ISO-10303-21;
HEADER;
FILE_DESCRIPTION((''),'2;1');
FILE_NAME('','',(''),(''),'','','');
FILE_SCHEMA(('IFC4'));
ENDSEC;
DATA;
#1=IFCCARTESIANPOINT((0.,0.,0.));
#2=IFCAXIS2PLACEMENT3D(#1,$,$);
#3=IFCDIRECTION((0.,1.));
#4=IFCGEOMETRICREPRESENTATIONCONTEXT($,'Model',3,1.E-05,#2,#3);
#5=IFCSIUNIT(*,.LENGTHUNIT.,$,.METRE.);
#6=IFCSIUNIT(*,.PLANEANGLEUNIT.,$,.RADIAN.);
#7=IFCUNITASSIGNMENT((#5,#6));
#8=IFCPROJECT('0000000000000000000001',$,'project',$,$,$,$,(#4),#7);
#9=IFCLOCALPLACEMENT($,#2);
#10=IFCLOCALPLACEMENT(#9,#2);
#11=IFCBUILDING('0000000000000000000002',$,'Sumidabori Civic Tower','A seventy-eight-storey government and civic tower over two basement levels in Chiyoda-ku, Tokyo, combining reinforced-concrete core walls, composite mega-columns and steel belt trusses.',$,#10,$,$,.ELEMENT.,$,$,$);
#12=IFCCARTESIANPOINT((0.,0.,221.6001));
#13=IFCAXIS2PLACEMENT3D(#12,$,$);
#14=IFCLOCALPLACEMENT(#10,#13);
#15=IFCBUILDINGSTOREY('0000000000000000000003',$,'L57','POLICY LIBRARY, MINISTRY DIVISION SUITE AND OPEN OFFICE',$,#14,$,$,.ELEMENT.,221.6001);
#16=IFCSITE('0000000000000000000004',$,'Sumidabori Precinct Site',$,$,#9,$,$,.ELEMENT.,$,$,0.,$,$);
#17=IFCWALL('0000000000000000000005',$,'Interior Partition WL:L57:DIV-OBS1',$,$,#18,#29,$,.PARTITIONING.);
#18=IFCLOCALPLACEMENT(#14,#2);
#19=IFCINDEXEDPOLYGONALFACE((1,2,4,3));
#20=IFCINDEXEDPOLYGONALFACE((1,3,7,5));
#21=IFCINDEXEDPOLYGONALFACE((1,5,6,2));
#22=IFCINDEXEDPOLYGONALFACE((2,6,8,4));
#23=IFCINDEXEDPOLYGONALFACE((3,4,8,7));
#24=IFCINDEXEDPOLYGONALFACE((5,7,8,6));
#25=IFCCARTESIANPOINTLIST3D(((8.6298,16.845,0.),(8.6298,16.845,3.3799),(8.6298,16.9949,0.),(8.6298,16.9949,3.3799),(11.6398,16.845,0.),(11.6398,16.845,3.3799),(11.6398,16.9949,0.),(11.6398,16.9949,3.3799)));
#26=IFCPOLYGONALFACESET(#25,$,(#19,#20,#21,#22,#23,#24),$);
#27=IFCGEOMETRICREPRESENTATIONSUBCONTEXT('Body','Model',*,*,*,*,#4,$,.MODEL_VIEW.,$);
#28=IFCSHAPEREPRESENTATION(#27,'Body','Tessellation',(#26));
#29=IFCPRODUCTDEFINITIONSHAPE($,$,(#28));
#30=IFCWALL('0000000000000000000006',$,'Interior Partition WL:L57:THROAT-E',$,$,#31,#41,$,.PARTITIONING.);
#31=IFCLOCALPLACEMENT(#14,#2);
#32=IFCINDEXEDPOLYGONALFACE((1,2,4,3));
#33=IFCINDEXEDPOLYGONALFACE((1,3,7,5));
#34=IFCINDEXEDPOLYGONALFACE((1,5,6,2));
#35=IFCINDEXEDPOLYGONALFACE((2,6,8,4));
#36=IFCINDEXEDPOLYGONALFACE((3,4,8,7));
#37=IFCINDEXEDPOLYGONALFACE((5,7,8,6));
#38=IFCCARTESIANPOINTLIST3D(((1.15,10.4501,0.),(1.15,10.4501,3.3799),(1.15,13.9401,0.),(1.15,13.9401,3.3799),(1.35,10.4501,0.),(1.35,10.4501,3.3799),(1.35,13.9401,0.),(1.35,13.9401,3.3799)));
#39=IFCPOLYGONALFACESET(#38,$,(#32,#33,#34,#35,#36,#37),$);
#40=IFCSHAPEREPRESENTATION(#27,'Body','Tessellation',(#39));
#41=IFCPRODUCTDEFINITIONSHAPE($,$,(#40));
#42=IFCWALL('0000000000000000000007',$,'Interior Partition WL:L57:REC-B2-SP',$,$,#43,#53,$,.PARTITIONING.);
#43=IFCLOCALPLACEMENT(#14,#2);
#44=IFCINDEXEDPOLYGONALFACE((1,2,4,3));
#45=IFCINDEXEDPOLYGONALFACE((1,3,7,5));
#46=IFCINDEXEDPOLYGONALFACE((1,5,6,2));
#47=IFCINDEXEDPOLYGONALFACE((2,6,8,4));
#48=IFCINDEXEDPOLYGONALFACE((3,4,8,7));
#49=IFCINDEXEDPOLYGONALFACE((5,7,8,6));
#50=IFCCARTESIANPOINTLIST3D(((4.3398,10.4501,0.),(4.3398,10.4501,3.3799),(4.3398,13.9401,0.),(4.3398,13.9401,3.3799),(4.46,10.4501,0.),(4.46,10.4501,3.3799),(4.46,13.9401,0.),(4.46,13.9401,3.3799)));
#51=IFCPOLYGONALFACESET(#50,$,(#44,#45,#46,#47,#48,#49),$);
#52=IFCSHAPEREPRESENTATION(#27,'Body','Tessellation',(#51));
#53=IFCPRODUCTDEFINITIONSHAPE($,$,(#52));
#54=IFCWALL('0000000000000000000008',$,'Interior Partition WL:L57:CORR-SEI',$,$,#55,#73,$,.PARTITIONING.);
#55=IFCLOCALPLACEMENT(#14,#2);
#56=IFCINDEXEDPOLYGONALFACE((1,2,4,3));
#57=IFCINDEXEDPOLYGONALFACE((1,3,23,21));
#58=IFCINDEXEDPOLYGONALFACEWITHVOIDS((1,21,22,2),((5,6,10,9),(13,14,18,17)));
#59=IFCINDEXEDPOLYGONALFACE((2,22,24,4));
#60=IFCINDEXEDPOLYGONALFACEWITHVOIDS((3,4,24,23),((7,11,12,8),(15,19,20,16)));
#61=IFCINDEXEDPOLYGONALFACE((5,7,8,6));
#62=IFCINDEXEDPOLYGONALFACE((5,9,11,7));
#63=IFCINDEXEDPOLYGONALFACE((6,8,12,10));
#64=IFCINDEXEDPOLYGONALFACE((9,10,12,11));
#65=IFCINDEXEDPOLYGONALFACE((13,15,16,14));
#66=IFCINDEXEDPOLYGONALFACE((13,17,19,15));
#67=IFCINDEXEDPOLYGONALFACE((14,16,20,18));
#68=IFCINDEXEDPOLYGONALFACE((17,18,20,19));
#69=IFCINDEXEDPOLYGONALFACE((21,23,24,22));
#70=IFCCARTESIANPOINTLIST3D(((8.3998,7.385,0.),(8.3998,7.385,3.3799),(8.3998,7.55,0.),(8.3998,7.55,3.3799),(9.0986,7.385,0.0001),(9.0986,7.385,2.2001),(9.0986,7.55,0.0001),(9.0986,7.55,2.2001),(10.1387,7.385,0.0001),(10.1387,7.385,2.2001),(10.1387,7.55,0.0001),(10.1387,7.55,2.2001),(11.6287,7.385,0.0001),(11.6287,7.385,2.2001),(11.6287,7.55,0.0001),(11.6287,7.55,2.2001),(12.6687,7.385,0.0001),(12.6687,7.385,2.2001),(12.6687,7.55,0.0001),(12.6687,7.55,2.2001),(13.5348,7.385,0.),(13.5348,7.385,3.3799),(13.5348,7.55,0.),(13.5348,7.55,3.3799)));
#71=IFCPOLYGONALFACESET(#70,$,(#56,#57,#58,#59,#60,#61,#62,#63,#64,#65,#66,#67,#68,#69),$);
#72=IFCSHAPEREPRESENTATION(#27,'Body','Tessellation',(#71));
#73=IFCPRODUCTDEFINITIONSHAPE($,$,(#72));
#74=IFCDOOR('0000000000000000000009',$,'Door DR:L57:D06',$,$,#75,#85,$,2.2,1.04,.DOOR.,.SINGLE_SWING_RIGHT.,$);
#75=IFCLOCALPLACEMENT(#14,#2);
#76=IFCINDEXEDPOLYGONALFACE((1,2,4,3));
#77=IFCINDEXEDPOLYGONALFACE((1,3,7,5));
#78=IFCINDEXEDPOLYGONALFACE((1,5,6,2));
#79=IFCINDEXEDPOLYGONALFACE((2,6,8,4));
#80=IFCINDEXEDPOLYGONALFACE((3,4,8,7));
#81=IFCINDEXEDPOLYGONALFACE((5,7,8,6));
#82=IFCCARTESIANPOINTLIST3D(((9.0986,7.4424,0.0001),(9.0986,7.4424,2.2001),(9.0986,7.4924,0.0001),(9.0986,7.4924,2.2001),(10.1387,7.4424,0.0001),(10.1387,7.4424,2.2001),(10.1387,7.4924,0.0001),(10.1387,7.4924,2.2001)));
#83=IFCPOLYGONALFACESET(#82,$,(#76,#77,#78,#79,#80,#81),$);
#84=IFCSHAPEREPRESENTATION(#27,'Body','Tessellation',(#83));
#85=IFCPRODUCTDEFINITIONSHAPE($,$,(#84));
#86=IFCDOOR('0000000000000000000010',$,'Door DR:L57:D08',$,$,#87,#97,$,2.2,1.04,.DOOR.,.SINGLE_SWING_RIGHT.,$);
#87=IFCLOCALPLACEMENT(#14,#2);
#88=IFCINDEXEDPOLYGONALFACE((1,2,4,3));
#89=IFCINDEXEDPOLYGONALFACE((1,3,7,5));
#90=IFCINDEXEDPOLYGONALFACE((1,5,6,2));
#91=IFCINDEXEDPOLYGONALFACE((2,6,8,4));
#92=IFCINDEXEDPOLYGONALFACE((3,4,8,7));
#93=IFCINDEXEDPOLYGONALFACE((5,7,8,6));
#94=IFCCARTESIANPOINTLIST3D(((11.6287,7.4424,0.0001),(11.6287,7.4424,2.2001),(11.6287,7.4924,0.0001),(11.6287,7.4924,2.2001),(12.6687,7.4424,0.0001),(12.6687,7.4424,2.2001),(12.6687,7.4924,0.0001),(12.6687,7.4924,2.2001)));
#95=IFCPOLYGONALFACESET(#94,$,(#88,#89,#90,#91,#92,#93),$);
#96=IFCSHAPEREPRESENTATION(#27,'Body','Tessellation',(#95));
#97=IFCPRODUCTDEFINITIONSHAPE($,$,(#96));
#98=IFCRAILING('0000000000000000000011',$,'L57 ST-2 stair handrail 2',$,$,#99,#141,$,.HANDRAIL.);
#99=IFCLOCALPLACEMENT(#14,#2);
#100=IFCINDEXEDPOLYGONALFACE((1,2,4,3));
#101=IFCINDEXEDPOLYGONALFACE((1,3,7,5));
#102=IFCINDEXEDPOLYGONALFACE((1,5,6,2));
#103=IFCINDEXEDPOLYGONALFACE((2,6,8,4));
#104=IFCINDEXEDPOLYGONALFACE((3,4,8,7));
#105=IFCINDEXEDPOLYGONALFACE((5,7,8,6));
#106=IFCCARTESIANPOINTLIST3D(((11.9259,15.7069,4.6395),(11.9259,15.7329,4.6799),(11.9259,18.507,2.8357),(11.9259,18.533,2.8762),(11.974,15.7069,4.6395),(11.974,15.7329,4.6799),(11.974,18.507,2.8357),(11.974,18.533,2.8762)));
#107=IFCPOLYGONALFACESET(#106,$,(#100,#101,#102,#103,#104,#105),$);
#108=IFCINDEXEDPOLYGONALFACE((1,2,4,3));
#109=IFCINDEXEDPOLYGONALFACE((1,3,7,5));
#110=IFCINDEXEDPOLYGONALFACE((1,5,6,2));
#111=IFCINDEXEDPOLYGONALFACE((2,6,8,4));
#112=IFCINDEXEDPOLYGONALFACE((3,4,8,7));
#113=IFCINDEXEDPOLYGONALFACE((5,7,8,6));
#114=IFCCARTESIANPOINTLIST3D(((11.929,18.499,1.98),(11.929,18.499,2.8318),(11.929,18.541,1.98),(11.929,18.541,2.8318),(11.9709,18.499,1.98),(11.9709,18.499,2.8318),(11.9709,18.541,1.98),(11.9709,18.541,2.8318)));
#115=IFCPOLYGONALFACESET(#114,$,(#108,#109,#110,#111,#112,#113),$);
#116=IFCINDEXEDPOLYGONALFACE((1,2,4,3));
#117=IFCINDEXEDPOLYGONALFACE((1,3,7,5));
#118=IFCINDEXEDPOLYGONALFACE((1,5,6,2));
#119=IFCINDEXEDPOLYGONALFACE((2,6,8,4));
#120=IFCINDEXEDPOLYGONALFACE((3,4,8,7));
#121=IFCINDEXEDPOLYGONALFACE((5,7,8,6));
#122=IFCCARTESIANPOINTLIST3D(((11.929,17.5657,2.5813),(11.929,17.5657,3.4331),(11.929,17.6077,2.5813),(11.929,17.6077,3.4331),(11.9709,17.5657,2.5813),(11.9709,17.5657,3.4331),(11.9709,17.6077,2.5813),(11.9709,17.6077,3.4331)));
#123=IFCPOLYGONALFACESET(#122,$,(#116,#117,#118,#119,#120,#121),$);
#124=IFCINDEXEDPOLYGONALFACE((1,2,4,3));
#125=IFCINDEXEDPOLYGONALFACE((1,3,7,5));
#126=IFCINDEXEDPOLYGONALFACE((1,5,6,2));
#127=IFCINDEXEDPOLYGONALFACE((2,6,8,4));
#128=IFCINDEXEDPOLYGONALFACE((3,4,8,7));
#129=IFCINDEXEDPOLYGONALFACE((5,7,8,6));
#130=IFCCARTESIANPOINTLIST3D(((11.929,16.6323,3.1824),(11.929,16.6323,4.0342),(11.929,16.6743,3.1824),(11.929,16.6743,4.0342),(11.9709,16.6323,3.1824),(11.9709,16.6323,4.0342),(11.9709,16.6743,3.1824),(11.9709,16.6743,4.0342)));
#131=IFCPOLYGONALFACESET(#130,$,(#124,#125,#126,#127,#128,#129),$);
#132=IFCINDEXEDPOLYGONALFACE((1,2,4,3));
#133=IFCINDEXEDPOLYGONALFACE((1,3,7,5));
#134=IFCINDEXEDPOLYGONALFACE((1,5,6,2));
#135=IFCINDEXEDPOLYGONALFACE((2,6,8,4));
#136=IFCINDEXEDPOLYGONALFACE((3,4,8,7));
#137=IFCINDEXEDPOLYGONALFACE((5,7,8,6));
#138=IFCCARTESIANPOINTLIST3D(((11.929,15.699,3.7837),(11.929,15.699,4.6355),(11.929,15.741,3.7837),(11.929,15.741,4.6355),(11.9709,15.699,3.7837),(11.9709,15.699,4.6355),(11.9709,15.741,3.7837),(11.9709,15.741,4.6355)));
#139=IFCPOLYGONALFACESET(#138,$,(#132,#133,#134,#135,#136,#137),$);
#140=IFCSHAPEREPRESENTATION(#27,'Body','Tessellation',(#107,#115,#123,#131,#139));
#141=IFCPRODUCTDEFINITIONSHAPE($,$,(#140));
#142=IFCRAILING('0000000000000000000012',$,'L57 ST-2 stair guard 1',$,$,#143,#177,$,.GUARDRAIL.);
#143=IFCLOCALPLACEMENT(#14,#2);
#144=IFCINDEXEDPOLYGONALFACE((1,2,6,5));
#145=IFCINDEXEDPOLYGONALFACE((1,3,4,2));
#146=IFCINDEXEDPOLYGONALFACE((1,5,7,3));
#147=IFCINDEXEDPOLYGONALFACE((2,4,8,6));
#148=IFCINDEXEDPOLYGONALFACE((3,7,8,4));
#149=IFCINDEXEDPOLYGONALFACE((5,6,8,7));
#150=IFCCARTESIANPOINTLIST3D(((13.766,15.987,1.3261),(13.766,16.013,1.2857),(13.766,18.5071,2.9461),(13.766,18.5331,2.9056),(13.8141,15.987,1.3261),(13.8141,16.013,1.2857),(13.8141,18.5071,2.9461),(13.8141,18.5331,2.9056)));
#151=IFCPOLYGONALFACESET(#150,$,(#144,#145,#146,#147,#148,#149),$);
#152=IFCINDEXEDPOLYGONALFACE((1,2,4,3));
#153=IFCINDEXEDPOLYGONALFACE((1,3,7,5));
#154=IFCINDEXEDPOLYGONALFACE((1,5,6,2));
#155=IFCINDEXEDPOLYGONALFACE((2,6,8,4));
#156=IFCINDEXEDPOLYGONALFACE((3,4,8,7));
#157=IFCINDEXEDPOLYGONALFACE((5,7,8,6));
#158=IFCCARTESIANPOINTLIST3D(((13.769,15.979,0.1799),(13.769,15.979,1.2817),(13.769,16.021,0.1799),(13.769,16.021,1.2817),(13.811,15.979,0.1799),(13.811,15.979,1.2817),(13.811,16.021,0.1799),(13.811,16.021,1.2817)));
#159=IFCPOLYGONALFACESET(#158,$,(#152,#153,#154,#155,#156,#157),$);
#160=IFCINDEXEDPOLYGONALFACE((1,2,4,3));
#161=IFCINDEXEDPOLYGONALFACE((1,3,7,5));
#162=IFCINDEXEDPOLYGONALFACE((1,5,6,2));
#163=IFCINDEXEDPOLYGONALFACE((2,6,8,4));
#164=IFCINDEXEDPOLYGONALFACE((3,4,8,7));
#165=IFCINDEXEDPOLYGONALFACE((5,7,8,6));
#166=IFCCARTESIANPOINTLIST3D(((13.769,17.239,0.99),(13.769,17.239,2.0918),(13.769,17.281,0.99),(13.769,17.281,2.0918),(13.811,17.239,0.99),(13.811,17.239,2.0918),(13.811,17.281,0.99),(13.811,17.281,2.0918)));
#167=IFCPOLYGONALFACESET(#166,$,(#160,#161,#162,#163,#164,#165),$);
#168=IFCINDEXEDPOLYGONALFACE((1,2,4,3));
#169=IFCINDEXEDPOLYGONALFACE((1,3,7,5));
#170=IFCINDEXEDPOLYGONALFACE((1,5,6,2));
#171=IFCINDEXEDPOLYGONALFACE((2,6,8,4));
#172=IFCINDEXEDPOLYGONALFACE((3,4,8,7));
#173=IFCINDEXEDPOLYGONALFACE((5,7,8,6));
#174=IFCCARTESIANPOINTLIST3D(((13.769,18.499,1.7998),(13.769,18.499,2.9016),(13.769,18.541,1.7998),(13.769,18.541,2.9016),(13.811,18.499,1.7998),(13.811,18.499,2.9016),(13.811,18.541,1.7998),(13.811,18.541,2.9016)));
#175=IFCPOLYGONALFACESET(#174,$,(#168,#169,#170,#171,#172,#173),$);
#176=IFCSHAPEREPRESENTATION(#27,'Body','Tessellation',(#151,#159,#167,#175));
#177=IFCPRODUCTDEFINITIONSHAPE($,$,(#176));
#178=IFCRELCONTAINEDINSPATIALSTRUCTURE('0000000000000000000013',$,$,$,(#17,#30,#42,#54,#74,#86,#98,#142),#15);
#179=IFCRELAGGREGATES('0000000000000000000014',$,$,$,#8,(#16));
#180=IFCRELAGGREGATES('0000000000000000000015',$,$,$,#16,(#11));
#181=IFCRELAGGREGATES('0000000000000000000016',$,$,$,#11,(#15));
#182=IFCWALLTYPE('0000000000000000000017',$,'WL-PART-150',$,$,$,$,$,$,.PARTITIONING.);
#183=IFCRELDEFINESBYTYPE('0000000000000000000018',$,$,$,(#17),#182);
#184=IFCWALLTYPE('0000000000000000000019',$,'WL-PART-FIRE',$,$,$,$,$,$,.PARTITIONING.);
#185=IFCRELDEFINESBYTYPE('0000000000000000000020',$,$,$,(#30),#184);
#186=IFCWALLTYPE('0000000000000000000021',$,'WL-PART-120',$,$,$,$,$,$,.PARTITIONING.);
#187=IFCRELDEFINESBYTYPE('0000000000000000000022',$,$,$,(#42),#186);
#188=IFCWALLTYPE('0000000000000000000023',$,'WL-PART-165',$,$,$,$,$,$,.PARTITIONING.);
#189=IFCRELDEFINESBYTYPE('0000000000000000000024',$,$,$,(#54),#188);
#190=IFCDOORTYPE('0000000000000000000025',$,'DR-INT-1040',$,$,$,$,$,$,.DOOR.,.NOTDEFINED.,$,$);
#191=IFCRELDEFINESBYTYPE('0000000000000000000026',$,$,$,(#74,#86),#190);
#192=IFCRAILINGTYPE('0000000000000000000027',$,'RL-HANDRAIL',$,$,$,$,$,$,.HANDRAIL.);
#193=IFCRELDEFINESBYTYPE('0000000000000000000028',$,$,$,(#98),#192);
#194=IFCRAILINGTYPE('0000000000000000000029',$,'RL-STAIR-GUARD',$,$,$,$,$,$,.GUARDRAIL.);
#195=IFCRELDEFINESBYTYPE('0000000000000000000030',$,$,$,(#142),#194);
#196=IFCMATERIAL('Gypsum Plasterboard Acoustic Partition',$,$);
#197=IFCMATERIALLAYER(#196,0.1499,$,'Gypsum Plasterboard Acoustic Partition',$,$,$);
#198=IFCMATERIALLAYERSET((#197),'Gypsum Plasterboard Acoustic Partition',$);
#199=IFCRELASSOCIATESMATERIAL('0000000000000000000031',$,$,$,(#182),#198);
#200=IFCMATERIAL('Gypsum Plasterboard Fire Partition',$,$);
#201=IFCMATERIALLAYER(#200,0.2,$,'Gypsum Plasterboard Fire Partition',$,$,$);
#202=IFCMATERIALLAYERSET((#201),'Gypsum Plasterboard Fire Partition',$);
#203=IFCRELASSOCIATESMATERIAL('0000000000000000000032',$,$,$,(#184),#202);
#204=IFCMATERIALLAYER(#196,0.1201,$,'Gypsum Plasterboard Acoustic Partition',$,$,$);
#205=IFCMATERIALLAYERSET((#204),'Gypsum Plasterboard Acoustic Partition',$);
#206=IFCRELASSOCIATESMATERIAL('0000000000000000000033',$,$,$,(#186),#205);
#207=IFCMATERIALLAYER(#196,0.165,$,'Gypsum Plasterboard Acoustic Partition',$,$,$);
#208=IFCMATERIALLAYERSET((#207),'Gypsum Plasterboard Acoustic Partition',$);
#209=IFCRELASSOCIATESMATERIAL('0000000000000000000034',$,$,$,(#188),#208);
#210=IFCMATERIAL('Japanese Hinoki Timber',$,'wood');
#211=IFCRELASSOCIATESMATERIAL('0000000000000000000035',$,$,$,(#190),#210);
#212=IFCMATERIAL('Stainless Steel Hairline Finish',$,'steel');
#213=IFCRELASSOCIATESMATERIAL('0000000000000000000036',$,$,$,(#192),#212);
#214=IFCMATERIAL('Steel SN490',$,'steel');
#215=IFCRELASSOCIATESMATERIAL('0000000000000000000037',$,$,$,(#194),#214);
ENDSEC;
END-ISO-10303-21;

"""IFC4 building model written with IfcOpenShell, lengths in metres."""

from ifc_helpers import new_model, si_unit, direction, frame, frame_2d, origin, origin_2d, place, context, subcontext, project, spatial, rectangle, extrude, source, transform, mapped, material, layer, layer_set, type_object, element, fill, save


model = new_model("IFC4")

# Units and contexts
model_context = context("Model", 3, precision=1e-05, world=origin(), true_north=direction((0.0, 1.0)))
body_context = subcontext(model_context, "Body", "Model", "MODEL_VIEW")
ifc_project = project(units=[si_unit("LENGTHUNIT", "METRE"), si_unit("PLANEANGLEUNIT", "RADIAN")], contexts=[model_context])

# Site, building, storey
site_placement = place(None, origin())
site = spatial("IfcSite", under=ifc_project, at=site_placement, Name="Sumidabori Precinct Site", CompositionType="ELEMENT", RefElevation=0.0)
building_placement = place(site_placement, origin())
building = spatial("IfcBuilding", under=site, at=building_placement, Name="Sumidabori Civic Tower", Description="A seventy-eight-storey government and civic tower over two basement levels in Chiyoda-ku, Tokyo, combining reinforced-concrete core walls, composite mega-columns and steel belt trusses.", CompositionType="ELEMENT")
storey_placement = place(building_placement, frame((0.0, 0.0, 221.6001)))
storey = spatial("IfcBuildingStorey", under=building, at=storey_placement, Name="L57", Description="POLICY LIBRARY, MINISTRY DIVISION SUITE AND OPEN OFFICE", CompositionType="ELEMENT", Elevation=221.6001)

# Shared definitions
ifc_material_1 = material(Name="Japanese Hinoki Timber", Category="wood")
ifc_material_2 = material(Name="Steel SN490", Category="steel")

# Shared definitions
ifc_material_3 = material(Name="Stainless Steel Hairline Finish", Category="steel")

# Wall
ifc_material_4 = material(Name="Gypsum Plasterboard Acoustic Partition")
ifc_layer_1 = layer(ifc_material_4, 0.1499, Name="Gypsum Plasterboard Acoustic Partition")
ifc_layer_set_1 = layer_set([ifc_layer_1], Name="Gypsum Plasterboard Acoustic Partition")
wall_type_1 = type_object("IfcWallType", Name="WL-PART-150", PredefinedType="PARTITIONING", material=ifc_layer_set_1)
shared_shape_1 = source(origin(), body_context, "Body", "SweptSolid", [
    extrude(rectangle(XDim=3.01, YDim=0.1499, at=frame_2d((1.5049, 0.0))), origin(), (0.0, 0.0, 1.0), 3.3799),
])
wall_1_placement = place(storey_placement, frame((8.6299, 16.9199, 0.0), z_axis=(0.0, 0.0, 1.0), x_axis=(1.0, 0.0, 0.0)))
element("IfcWall", 1, at=wall_1_placement, inside=storey, type_object=wall_type_1, Name="Interior Partition WL:L57:DIV-OBS1", PredefinedType="PARTITIONING", context=body_context, shape_type="MappedRepresentation", body=[
    mapped(shared_shape_1, transform((0.0, 0.0, 0.0), x_axis=(1.0, 0.0, 0.0), y_axis=(0.0, 1.0, 0.0), z_axis=(0.0, 0.0, 1.0), scale=1.0)),
])

# Shared definitions
ifc_material_5 = material(Name="Gypsum Plasterboard Fire Partition")
ifc_layer_2 = layer(ifc_material_5, 0.2, Name="Gypsum Plasterboard Fire Partition")
ifc_layer_set_2 = layer_set([ifc_layer_2], Name="Gypsum Plasterboard Fire Partition")
wall_type_2 = type_object("IfcWallType", Name="WL-PART-FIRE", PredefinedType="PARTITIONING", material=ifc_layer_set_2)

# Walls
shared_shape_2 = source(origin(), body_context, "Body", "SweptSolid", [
    extrude(rectangle(XDim=3.49, YDim=0.2, at=frame_2d((1.7451, 0.0))), origin(), (0.0, 0.0, 1.0), 3.3799),
])
wall_2_placement = place(storey_placement, frame((1.25, 10.45, 0.0), z_axis=(0.0, 0.0, 1.0), x_axis=(0.0, 1.0, 0.0)))
element("IfcWall", 2, at=wall_2_placement, inside=storey, type_object=wall_type_2, Name="Interior Partition WL:L57:THROAT-E", PredefinedType="PARTITIONING", context=body_context, shape_type="MappedRepresentation", body=[
    mapped(shared_shape_2, transform((0.0, 0.0, 0.0), x_axis=(1.0, 0.0, 0.0), y_axis=(0.0, 1.0, 0.0), z_axis=(0.0, 0.0, 1.0), scale=1.0)),
])
ifc_layer_3 = layer(ifc_material_4, 0.1201, Name="Gypsum Plasterboard Acoustic Partition")
ifc_layer_set_3 = layer_set([ifc_layer_3], Name="Gypsum Plasterboard Acoustic Partition")
wall_type_3 = type_object("IfcWallType", Name="WL-PART-120", PredefinedType="PARTITIONING", material=ifc_layer_set_3)
shared_shape_3 = source(origin(), body_context, "Body", "SweptSolid", [
    extrude(rectangle(XDim=3.49, YDim=0.1201, at=frame_2d((1.7451, 0.0))), origin(), (0.0, 0.0, 1.0), 3.3799),
])
wall_3_placement = place(storey_placement, frame((4.3999, 10.45, 0.0), z_axis=(0.0, 0.0, 1.0), x_axis=(0.0, 1.0, 0.0)))
element("IfcWall", 3, at=wall_3_placement, inside=storey, type_object=wall_type_3, Name="Interior Partition WL:L57:REC-B2-SP", PredefinedType="PARTITIONING", context=body_context, shape_type="MappedRepresentation", body=[
    mapped(shared_shape_3, transform((0.0, 0.0, 0.0), x_axis=(1.0, 0.0, 0.0), y_axis=(0.0, 1.0, 0.0), z_axis=(0.0, 0.0, 1.0), scale=1.0)),
])

# Wall, openings, doors
ifc_layer_4 = layer(ifc_material_4, 0.165, Name="Gypsum Plasterboard Acoustic Partition")
ifc_layer_set_4 = layer_set([ifc_layer_4], Name="Gypsum Plasterboard Acoustic Partition")
wall_type_4 = type_object("IfcWallType", Name="WL-PART-165", PredefinedType="PARTITIONING", material=ifc_layer_set_4)
shared_shape_4 = source(origin(), body_context, "Body", "SweptSolid", [
    extrude(rectangle(XDim=5.135, YDim=0.165, at=frame_2d((2.5674, 0.0))), origin(), (0.0, 0.0, 1.0), 3.3799),
])
wall_4_placement = place(storey_placement, frame((8.3999, 7.4675, 0.0), z_axis=(0.0, 0.0, 1.0), x_axis=(1.0, 0.0, 0.0)))
wall_4 = element("IfcWall", 4, at=wall_4_placement, inside=storey, type_object=wall_type_4, Name="Interior Partition WL:L57:CORR-SEI", PredefinedType="PARTITIONING", context=body_context, shape_type="MappedRepresentation", body=[
    mapped(shared_shape_4, transform((0.0, 0.0, 0.0), x_axis=(1.0, 0.0, 0.0), y_axis=(0.0, 1.0, 0.0), z_axis=(0.0, 0.0, 1.0), scale=1.0)),
])
opening_1_placement = place(wall_4_placement, frame((0.6987, 0.0, 0.0)))
opening_1 = element("IfcOpeningElement", 5, at=opening_1_placement, cuts=wall_4, PredefinedType="OPENING", context=body_context, shape_type="SweptSolid", body=[
    extrude(rectangle(XDim=1.04, YDim=2.2, at=frame_2d((0.52, 1.1001))), frame((0.0, 0.0945, 0.0), z_axis=(0.0, -1.0, 0.0), x_axis=(1.0, 0.0, 0.0)), (0.0, 0.0, 1.0), 0.189),
])
opening_2_placement = place(wall_4_placement, frame((3.2288, 0.0, 0.0)))
opening_2 = element("IfcOpeningElement", 6, at=opening_2_placement, cuts=wall_4, PredefinedType="OPENING", context=body_context, shape_type="SweptSolid", body=[
    extrude(rectangle(XDim=1.04, YDim=2.2, at=frame_2d((0.52, 1.1001))), frame((0.0, 0.0945, 0.0), z_axis=(0.0, -1.0, 0.0), x_axis=(1.0, 0.0, 0.0)), (0.0, 0.0, 1.0), 0.189),
])
door_type_1 = type_object("IfcDoorType", Name="DR-INT-1040", OperationType="NOTDEFINED", PredefinedType="DOOR", material=ifc_material_1)
shared_shape_5 = source(origin(), body_context, "Body", "SweptSolid", [
    extrude(rectangle(XDim=1.04, YDim=2.2, at=frame_2d((0.52, 1.1001))), frame((0.0, 0.0249, 0.0), z_axis=(0.0, -1.0, 0.0), x_axis=(1.0, 0.0, 0.0)), (0.0, 0.0, 1.0), 0.05),
])
door_1_placement = place(opening_1_placement, origin())
door_1 = element("IfcDoor", 7, at=door_1_placement, inside=storey, type_object=door_type_1, Name="Door DR:L57:D06", OperationType="SINGLE_SWING_RIGHT", OverallHeight=2.2, OverallWidth=1.04, PredefinedType="DOOR", context=body_context, shape_type="MappedRepresentation", body=[
    mapped(shared_shape_5, transform((0.0, 0.0, 0.0), x_axis=(1.0, 0.0, 0.0), y_axis=(0.0, 1.0, 0.0), z_axis=(0.0, 0.0, 1.0), scale=1.0)),
])
fill(opening_1, door_1)
door_2_placement = place(opening_2_placement, origin())
door_2 = element("IfcDoor", 8, at=door_2_placement, inside=storey, type_object=door_type_1, Name="Door DR:L57:D08", OperationType="SINGLE_SWING_RIGHT", OverallHeight=2.2, OverallWidth=1.04, PredefinedType="DOOR", context=body_context, shape_type="MappedRepresentation", body=[
    mapped(shared_shape_5, transform((0.0, 0.0, 0.0), x_axis=(1.0, 0.0, 0.0), y_axis=(0.0, 1.0, 0.0), z_axis=(0.0, 0.0, 1.0), scale=1.0)),
])
fill(opening_2, door_2)

# Railings
railing_type_1 = type_object("IfcRailingType", Name="RL-HANDRAIL", PredefinedType="HANDRAIL", material=ifc_material_3)
railing_1_placement = place(storey_placement, frame((11.95, 18.52, 1.98)))
element("IfcRailing", 9, at=railing_1_placement, inside=storey, type_object=railing_type_1, Name="L57 ST-2 stair handrail 2", PredefinedType="HANDRAIL", context=body_context, shape_type="SweptSolid", body=[
    extrude(rectangle(XDim=0.0481, YDim=0.0481, at=origin_2d()), frame((0.0, 0.0, 0.876), z_axis=(0.0, -0.840676, 0.541539), x_axis=(1.0, 0.0, 0.0)), (0.0, 0.0, 1.0), 3.3308),
    extrude(rectangle(XDim=0.042, YDim=0.042, at=origin_2d()), origin(), (0.0, 0.0, 1.0), 0.8518),
    extrude(rectangle(XDim=0.042, YDim=0.042, at=origin_2d()), frame((0.0, -0.9333, 0.6013)), (0.0, 0.0, 1.0), 0.8518),
    extrude(rectangle(XDim=0.042, YDim=0.042, at=origin_2d()), frame((0.0, -1.8667, 1.2024)), (0.0, 0.0, 1.0), 0.8518),
    extrude(rectangle(XDim=0.042, YDim=0.042, at=origin_2d()), frame((0.0, -2.8, 1.8037)), (0.0, 0.0, 1.0), 0.8518),
])
railing_type_2 = type_object("IfcRailingType", Name="RL-STAIR-GUARD", PredefinedType="GUARDRAIL", material=ifc_material_2)
railing_2_placement = place(storey_placement, frame((13.79, 16.0, 0.1799)))
element("IfcRailing", 10, at=railing_2_placement, inside=storey, type_object=railing_type_2, Name="L57 ST-2 stair guard 1", PredefinedType="GUARDRAIL", context=body_context, shape_type="SweptSolid", body=[
    extrude(rectangle(XDim=0.0481, YDim=0.0481, at=origin_2d()), frame((0.0, 0.0, 1.126), z_axis=(0.0, 0.8412, 0.540725), x_axis=(-1.0, 0.0, 0.0)), (0.0, 0.0, 1.0), 2.9958),
    extrude(rectangle(XDim=0.042, YDim=0.042, at=origin_2d()), origin(), (0.0, 0.0, 1.0), 1.1018),
    extrude(rectangle(XDim=0.042, YDim=0.042, at=origin_2d()), frame((0.0, 1.26, 0.8101)), (0.0, 0.0, 1.0), 1.1018),
    extrude(rectangle(XDim=0.042, YDim=0.042, at=origin_2d()), frame((0.0, 2.52, 1.6199)), (0.0, 0.0, 1.0), 1.1018),
])

save(model, "model.ifc")
